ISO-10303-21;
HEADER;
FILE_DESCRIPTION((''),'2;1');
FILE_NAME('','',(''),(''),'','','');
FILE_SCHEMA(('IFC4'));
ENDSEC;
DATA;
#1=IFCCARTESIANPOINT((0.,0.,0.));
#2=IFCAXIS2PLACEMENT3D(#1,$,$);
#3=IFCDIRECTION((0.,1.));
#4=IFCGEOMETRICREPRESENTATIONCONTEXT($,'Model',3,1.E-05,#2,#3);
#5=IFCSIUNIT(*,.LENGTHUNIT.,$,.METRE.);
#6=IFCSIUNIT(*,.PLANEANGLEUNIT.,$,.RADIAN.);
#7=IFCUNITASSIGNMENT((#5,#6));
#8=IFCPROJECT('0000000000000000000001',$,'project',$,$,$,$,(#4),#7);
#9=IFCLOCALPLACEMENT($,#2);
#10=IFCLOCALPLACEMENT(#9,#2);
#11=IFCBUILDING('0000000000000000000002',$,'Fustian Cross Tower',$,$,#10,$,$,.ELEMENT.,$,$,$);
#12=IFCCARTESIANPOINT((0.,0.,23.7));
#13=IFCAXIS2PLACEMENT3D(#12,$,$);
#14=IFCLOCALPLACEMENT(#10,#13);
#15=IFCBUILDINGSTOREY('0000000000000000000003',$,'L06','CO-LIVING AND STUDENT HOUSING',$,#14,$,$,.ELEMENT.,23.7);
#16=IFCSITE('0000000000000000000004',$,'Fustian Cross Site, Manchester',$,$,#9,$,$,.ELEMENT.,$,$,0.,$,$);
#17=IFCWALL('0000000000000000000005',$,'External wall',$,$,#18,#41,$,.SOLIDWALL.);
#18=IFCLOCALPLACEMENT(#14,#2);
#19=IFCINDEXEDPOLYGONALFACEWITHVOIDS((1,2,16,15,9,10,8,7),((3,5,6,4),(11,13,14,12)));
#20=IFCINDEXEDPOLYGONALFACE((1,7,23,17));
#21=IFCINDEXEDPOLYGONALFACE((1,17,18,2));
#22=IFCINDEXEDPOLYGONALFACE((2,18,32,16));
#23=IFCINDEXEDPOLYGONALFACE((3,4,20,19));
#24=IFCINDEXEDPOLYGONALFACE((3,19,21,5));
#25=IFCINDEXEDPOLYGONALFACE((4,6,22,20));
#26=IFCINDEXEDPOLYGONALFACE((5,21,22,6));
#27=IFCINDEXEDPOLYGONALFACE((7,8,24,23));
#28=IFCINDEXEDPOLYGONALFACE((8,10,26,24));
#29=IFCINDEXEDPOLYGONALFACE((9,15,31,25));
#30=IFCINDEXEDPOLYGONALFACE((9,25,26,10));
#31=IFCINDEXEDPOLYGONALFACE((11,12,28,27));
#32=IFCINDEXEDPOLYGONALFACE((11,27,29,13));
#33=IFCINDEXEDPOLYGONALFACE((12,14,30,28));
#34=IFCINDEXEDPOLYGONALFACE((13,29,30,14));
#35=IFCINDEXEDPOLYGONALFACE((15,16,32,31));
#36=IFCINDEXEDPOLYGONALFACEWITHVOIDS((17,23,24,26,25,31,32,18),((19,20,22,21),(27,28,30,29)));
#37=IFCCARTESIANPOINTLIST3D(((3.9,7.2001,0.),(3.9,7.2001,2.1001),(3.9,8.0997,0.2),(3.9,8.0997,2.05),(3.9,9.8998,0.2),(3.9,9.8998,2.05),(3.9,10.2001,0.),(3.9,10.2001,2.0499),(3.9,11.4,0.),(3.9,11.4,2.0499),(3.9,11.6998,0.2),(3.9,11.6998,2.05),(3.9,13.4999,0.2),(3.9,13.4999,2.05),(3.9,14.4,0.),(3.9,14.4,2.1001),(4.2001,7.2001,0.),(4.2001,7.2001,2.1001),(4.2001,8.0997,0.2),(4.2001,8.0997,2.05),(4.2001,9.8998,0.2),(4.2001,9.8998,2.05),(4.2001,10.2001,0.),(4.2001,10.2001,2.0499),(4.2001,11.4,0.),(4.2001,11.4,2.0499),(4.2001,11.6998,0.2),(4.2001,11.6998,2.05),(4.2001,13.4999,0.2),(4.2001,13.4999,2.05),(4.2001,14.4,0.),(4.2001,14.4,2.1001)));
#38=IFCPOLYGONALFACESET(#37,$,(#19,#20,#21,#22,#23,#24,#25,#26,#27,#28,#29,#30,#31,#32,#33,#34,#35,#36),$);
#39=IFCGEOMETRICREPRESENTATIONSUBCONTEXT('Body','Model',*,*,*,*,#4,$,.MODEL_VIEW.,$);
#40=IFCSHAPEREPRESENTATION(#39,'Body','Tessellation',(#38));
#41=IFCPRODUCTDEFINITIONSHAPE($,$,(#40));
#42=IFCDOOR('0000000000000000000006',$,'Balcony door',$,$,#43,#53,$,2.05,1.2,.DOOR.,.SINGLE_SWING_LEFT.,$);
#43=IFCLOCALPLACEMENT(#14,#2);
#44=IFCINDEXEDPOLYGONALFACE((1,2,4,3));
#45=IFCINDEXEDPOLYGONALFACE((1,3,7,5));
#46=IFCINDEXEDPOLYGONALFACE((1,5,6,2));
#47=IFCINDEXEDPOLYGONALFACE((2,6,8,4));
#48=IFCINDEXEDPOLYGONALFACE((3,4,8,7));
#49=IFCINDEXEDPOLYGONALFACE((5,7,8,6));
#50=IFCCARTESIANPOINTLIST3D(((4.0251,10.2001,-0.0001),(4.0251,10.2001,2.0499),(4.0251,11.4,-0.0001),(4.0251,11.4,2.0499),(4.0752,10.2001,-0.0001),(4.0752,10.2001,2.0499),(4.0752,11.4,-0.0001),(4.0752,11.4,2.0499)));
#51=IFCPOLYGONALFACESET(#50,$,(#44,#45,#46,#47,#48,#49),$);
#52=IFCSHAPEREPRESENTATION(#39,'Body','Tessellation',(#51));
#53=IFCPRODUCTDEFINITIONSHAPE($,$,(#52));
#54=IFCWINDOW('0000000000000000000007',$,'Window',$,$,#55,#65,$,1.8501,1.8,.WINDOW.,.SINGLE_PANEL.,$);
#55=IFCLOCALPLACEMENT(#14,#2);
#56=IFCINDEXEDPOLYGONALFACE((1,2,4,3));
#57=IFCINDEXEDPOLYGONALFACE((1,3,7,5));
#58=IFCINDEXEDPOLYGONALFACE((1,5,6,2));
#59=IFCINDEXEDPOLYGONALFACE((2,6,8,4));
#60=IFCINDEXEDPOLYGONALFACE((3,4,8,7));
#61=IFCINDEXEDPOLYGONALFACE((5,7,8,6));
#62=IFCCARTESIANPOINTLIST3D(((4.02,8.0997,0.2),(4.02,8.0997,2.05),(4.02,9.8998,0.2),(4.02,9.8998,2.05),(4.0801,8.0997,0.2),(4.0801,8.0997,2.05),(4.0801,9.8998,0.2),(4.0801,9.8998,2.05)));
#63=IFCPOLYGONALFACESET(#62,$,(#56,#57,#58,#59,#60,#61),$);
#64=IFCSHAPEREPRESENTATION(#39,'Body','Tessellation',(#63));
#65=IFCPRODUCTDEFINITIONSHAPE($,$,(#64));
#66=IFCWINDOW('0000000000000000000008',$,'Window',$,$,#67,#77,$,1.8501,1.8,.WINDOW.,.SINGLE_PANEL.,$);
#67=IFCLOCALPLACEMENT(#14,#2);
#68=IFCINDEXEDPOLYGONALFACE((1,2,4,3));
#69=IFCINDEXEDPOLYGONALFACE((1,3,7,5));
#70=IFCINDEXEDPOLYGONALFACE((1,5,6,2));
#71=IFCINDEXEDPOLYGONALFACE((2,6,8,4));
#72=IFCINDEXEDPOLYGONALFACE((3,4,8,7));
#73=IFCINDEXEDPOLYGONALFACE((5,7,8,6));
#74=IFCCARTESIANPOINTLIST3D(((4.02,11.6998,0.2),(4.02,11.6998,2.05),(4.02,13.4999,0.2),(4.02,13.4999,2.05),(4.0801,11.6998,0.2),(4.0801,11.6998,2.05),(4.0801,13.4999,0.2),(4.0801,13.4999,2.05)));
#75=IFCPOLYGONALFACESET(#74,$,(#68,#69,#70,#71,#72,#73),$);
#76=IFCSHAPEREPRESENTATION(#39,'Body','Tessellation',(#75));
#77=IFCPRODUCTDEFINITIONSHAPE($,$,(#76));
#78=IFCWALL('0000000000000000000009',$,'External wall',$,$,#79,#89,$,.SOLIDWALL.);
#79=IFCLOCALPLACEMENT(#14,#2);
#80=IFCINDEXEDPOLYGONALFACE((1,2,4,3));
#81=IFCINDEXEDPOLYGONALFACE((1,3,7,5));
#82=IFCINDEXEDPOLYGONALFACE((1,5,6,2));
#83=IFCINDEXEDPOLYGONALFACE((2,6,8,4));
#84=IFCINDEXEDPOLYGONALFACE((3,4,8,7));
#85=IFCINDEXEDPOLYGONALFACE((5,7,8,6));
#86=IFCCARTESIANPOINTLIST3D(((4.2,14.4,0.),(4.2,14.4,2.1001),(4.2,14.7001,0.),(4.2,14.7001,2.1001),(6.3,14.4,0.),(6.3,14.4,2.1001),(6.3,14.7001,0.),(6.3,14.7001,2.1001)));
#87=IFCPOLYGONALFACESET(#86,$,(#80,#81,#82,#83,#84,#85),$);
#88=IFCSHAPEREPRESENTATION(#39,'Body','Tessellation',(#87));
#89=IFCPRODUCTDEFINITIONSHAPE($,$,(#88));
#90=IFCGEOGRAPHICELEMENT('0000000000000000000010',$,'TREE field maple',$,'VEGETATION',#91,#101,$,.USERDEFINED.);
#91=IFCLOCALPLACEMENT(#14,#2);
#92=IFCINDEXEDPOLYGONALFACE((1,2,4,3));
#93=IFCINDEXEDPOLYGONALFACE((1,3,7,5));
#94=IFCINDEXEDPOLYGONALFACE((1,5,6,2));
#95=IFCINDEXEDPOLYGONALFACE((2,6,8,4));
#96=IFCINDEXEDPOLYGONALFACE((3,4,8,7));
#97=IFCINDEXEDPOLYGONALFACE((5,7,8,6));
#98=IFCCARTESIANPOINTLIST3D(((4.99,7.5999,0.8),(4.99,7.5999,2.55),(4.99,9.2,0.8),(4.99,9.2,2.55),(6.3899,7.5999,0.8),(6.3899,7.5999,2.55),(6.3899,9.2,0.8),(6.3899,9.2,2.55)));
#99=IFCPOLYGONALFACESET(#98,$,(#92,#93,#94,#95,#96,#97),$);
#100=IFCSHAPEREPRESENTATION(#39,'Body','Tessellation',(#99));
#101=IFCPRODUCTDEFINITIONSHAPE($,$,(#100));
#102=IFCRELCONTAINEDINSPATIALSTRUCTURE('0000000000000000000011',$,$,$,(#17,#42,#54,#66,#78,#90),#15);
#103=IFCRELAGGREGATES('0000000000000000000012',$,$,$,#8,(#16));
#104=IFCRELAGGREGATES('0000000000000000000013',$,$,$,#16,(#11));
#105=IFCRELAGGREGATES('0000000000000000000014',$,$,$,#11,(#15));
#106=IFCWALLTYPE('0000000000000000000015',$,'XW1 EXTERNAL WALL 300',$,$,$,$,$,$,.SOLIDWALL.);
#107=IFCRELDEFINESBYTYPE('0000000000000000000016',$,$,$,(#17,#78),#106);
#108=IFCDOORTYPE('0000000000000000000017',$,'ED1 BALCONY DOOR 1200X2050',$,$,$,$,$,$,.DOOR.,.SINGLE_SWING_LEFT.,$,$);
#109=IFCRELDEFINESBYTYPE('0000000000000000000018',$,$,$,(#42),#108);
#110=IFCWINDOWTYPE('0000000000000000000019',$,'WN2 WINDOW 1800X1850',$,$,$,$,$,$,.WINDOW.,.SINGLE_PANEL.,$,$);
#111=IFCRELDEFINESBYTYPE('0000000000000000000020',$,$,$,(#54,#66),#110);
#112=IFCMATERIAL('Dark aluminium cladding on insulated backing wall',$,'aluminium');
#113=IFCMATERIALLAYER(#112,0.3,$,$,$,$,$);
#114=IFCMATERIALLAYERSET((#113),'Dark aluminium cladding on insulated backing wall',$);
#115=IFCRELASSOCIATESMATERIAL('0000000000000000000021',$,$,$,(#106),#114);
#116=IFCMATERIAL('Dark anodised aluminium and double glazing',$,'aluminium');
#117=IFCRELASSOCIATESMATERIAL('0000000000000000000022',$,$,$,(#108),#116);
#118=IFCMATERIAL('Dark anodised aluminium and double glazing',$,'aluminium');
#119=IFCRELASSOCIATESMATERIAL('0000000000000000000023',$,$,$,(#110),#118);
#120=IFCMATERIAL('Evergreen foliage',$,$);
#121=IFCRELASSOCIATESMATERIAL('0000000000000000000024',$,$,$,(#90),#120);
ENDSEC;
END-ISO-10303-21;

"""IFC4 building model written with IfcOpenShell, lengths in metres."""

from ifc_helpers import new_model, si_unit, direction, frame, frame_2d, origin, origin_2d, place, context, subcontext, project, spatial, rectangle, extrude, material, layer, layer_set, type_object, element, fill, save


model = new_model("IFC4")

# Units and contexts
model_context = context("Model", 3, precision=1e-05, world=origin(), true_north=direction((0.0, 1.0)))
body_context = subcontext(model_context, "Body", "Model", "MODEL_VIEW")
ifc_project = project(units=[si_unit("LENGTHUNIT", "METRE"), si_unit("PLANEANGLEUNIT", "RADIAN")], contexts=[model_context])

# Site, building, storey
site_placement = place(None, origin())
site = spatial("IfcSite", under=ifc_project, at=site_placement, Name="Fustian Cross Site, Manchester", CompositionType="ELEMENT", RefElevation=0.0)
building_placement = place(site_placement, origin())
building = spatial("IfcBuilding", under=site, at=building_placement, Name="Fustian Cross Tower", CompositionType="ELEMENT")
storey_placement = place(building_placement, frame((0.0, 0.0, 23.7)))
storey = spatial("IfcBuildingStorey", under=building, at=storey_placement, Name="L06", Description="CO-LIVING AND STUDENT HOUSING", CompositionType="ELEMENT", Elevation=23.7)

# Wall, openings, door, windows
ifc_material_1 = material(Name="Dark aluminium cladding on insulated backing wall", Category="aluminium")
ifc_layer_1 = layer(ifc_material_1, 0.3)
ifc_layer_set_1 = layer_set([ifc_layer_1], Name="Dark aluminium cladding on insulated backing wall")
wall_type_1 = type_object("IfcWallType", Name="XW1 EXTERNAL WALL 300", PredefinedType="SOLIDWALL", material=ifc_layer_set_1)
wall_1_placement = place(storey_placement, frame((4.05, 7.2, 0.0), z_axis=(0.0, 0.0, 1.0), x_axis=(0.0, 1.0, 0.0)))
wall_1 = element("IfcWall", 1, at=wall_1_placement, inside=storey, type_object=wall_type_1, Name="External wall", PredefinedType="SOLIDWALL", context=body_context, shape_type="SweptSolid", body=[
    extrude(rectangle(XDim=7.2, YDim=0.3, at=frame_2d((3.6001, 0.0))), origin(), (0.0, 0.0, 1.0), 2.1001),
])
opening_1_placement = place(wall_1_placement, frame((3.0, 0.0, 0.0)))
opening_1 = element("IfcOpeningElement", 2, at=opening_1_placement, cuts=wall_1, PredefinedType="OPENING", context=body_context, shape_type="SweptSolid", body=[
    extrude(rectangle(XDim=1.2, YDim=2.05, at=frame_2d((0.6001, 1.0249))), frame((0.0, 0.1599, 0.0), z_axis=(0.0, -1.0, 0.0), x_axis=(1.0, 0.0, 0.0)), (0.0, 0.0, 1.0), 0.3201),
])
opening_2_placement = place(wall_1_placement, frame((0.8999, 0.0, 0.2)))
opening_2 = element("IfcOpeningElement", 3, at=opening_2_placement, cuts=wall_1, PredefinedType="OPENING", context=body_context, shape_type="SweptSolid", body=[
    extrude(rectangle(XDim=1.8, YDim=1.8501, at=frame_2d((0.8999, 0.925))), frame((0.0, 0.1599, 0.0), z_axis=(0.0, -1.0, 0.0), x_axis=(1.0, 0.0, 0.0)), (0.0, 0.0, 1.0), 0.3201),
])
opening_3_placement = place(wall_1_placement, frame((4.5, 0.0, 0.2)))
opening_3 = element("IfcOpeningElement", 4, at=opening_3_placement, cuts=wall_1, PredefinedType="OPENING", context=body_context, shape_type="SweptSolid", body=[
    extrude(rectangle(XDim=1.8, YDim=1.8501, at=frame_2d((0.8999, 0.925))), frame((0.0, 0.1599, 0.0), z_axis=(0.0, -1.0, 0.0), x_axis=(1.0, 0.0, 0.0)), (0.0, 0.0, 1.0), 0.3201),
])
ifc_material_2 = material(Name="Dark anodised aluminium and double glazing", Category="aluminium")
door_type_1 = type_object("IfcDoorType", Name="ED1 BALCONY DOOR 1200X2050", OperationType="SINGLE_SWING_LEFT", PredefinedType="DOOR", material=ifc_material_2)
door_1_placement = place(opening_1_placement, origin())
door_1 = element("IfcDoor", 5, at=door_1_placement, inside=storey, type_object=door_type_1, Name="Balcony door", OperationType="SINGLE_SWING_LEFT", OverallHeight=2.05, OverallWidth=1.2, PredefinedType="DOOR", context=body_context, shape_type="SweptSolid", body=[
    extrude(rectangle(XDim=1.2, YDim=2.05, at=frame_2d((0.6001, 1.0249))), frame((0.0, 0.0249, 0.0), z_axis=(0.0, -1.0, 0.0), x_axis=(1.0, 0.0, 0.0)), (0.0, 0.0, 1.0), 0.05),
])
fill(opening_1, door_1)
ifc_material_3 = material(Name="Dark anodised aluminium and double glazing", Category="aluminium")
window_type = type_object("IfcWindowType", Name="WN2 WINDOW 1800X1850", PartitioningType="SINGLE_PANEL", PredefinedType="WINDOW", material=ifc_material_3)
window_1_placement = place(opening_2_placement, origin())
window_1 = element("IfcWindow", 6, at=window_1_placement, inside=storey, type_object=window_type, Name="Window", OverallHeight=1.8501, OverallWidth=1.8, PartitioningType="SINGLE_PANEL", PredefinedType="WINDOW", context=body_context, shape_type="SweptSolid", body=[
    extrude(rectangle(XDim=1.8, YDim=1.8501, at=frame_2d((0.8999, 0.925))), frame((0.0, 0.03, 0.0), z_axis=(0.0, -1.0, 0.0), x_axis=(1.0, 0.0, 0.0)), (0.0, 0.0, 1.0), 0.0601),
])
fill(opening_2, window_1)
window_2_placement = place(opening_3_placement, origin())
window_2 = element("IfcWindow", 7, at=window_2_placement, inside=storey, type_object=window_type, Name="Window", OverallHeight=1.8501, OverallWidth=1.8, PartitioningType="SINGLE_PANEL", PredefinedType="WINDOW", context=body_context, shape_type="SweptSolid", body=[
    extrude(rectangle(XDim=1.8, YDim=1.8501, at=frame_2d((0.8999, 0.925))), frame((0.0, 0.03, 0.0), z_axis=(0.0, -1.0, 0.0), x_axis=(1.0, 0.0, 0.0)), (0.0, 0.0, 1.0), 0.0601),
])
fill(opening_3, window_2)

# Wall
wall_2_placement = place(storey_placement, frame((4.2, 14.55, 0.0), z_axis=(0.0, 0.0, 1.0), x_axis=(1.0, 0.0, 0.0)))
element("IfcWall", 8, at=wall_2_placement, inside=storey, type_object=wall_type_1, Name="External wall", PredefinedType="SOLIDWALL", context=body_context, shape_type="SweptSolid", body=[
    extrude(rectangle(XDim=2.1001, YDim=0.3, at=frame_2d((1.05, 0.0))), origin(), (0.0, 0.0, 1.0), 2.1001),
])

# Geographic element
ifc_material_4 = material(Name="Evergreen foliage")
geographic_element_placement = place(storey_placement, frame((5.6899, 8.3999, 0.8), z_axis=(0.0, 0.0, 1.0), x_axis=(1.0, 0.0, 0.0)))
element("IfcGeographicElement", 9, at=geographic_element_placement, inside=storey, material=ifc_material_4, Name="TREE field maple", ObjectType="VEGETATION", PredefinedType="USERDEFINED", context=body_context, shape_type="SweptSolid", body=[
    extrude(rectangle(XDim=1.3999, YDim=1.6001, at=origin_2d()), origin(), (0.0, 0.0, 1.0), 1.75),
])

save(model, "model.ifc")
